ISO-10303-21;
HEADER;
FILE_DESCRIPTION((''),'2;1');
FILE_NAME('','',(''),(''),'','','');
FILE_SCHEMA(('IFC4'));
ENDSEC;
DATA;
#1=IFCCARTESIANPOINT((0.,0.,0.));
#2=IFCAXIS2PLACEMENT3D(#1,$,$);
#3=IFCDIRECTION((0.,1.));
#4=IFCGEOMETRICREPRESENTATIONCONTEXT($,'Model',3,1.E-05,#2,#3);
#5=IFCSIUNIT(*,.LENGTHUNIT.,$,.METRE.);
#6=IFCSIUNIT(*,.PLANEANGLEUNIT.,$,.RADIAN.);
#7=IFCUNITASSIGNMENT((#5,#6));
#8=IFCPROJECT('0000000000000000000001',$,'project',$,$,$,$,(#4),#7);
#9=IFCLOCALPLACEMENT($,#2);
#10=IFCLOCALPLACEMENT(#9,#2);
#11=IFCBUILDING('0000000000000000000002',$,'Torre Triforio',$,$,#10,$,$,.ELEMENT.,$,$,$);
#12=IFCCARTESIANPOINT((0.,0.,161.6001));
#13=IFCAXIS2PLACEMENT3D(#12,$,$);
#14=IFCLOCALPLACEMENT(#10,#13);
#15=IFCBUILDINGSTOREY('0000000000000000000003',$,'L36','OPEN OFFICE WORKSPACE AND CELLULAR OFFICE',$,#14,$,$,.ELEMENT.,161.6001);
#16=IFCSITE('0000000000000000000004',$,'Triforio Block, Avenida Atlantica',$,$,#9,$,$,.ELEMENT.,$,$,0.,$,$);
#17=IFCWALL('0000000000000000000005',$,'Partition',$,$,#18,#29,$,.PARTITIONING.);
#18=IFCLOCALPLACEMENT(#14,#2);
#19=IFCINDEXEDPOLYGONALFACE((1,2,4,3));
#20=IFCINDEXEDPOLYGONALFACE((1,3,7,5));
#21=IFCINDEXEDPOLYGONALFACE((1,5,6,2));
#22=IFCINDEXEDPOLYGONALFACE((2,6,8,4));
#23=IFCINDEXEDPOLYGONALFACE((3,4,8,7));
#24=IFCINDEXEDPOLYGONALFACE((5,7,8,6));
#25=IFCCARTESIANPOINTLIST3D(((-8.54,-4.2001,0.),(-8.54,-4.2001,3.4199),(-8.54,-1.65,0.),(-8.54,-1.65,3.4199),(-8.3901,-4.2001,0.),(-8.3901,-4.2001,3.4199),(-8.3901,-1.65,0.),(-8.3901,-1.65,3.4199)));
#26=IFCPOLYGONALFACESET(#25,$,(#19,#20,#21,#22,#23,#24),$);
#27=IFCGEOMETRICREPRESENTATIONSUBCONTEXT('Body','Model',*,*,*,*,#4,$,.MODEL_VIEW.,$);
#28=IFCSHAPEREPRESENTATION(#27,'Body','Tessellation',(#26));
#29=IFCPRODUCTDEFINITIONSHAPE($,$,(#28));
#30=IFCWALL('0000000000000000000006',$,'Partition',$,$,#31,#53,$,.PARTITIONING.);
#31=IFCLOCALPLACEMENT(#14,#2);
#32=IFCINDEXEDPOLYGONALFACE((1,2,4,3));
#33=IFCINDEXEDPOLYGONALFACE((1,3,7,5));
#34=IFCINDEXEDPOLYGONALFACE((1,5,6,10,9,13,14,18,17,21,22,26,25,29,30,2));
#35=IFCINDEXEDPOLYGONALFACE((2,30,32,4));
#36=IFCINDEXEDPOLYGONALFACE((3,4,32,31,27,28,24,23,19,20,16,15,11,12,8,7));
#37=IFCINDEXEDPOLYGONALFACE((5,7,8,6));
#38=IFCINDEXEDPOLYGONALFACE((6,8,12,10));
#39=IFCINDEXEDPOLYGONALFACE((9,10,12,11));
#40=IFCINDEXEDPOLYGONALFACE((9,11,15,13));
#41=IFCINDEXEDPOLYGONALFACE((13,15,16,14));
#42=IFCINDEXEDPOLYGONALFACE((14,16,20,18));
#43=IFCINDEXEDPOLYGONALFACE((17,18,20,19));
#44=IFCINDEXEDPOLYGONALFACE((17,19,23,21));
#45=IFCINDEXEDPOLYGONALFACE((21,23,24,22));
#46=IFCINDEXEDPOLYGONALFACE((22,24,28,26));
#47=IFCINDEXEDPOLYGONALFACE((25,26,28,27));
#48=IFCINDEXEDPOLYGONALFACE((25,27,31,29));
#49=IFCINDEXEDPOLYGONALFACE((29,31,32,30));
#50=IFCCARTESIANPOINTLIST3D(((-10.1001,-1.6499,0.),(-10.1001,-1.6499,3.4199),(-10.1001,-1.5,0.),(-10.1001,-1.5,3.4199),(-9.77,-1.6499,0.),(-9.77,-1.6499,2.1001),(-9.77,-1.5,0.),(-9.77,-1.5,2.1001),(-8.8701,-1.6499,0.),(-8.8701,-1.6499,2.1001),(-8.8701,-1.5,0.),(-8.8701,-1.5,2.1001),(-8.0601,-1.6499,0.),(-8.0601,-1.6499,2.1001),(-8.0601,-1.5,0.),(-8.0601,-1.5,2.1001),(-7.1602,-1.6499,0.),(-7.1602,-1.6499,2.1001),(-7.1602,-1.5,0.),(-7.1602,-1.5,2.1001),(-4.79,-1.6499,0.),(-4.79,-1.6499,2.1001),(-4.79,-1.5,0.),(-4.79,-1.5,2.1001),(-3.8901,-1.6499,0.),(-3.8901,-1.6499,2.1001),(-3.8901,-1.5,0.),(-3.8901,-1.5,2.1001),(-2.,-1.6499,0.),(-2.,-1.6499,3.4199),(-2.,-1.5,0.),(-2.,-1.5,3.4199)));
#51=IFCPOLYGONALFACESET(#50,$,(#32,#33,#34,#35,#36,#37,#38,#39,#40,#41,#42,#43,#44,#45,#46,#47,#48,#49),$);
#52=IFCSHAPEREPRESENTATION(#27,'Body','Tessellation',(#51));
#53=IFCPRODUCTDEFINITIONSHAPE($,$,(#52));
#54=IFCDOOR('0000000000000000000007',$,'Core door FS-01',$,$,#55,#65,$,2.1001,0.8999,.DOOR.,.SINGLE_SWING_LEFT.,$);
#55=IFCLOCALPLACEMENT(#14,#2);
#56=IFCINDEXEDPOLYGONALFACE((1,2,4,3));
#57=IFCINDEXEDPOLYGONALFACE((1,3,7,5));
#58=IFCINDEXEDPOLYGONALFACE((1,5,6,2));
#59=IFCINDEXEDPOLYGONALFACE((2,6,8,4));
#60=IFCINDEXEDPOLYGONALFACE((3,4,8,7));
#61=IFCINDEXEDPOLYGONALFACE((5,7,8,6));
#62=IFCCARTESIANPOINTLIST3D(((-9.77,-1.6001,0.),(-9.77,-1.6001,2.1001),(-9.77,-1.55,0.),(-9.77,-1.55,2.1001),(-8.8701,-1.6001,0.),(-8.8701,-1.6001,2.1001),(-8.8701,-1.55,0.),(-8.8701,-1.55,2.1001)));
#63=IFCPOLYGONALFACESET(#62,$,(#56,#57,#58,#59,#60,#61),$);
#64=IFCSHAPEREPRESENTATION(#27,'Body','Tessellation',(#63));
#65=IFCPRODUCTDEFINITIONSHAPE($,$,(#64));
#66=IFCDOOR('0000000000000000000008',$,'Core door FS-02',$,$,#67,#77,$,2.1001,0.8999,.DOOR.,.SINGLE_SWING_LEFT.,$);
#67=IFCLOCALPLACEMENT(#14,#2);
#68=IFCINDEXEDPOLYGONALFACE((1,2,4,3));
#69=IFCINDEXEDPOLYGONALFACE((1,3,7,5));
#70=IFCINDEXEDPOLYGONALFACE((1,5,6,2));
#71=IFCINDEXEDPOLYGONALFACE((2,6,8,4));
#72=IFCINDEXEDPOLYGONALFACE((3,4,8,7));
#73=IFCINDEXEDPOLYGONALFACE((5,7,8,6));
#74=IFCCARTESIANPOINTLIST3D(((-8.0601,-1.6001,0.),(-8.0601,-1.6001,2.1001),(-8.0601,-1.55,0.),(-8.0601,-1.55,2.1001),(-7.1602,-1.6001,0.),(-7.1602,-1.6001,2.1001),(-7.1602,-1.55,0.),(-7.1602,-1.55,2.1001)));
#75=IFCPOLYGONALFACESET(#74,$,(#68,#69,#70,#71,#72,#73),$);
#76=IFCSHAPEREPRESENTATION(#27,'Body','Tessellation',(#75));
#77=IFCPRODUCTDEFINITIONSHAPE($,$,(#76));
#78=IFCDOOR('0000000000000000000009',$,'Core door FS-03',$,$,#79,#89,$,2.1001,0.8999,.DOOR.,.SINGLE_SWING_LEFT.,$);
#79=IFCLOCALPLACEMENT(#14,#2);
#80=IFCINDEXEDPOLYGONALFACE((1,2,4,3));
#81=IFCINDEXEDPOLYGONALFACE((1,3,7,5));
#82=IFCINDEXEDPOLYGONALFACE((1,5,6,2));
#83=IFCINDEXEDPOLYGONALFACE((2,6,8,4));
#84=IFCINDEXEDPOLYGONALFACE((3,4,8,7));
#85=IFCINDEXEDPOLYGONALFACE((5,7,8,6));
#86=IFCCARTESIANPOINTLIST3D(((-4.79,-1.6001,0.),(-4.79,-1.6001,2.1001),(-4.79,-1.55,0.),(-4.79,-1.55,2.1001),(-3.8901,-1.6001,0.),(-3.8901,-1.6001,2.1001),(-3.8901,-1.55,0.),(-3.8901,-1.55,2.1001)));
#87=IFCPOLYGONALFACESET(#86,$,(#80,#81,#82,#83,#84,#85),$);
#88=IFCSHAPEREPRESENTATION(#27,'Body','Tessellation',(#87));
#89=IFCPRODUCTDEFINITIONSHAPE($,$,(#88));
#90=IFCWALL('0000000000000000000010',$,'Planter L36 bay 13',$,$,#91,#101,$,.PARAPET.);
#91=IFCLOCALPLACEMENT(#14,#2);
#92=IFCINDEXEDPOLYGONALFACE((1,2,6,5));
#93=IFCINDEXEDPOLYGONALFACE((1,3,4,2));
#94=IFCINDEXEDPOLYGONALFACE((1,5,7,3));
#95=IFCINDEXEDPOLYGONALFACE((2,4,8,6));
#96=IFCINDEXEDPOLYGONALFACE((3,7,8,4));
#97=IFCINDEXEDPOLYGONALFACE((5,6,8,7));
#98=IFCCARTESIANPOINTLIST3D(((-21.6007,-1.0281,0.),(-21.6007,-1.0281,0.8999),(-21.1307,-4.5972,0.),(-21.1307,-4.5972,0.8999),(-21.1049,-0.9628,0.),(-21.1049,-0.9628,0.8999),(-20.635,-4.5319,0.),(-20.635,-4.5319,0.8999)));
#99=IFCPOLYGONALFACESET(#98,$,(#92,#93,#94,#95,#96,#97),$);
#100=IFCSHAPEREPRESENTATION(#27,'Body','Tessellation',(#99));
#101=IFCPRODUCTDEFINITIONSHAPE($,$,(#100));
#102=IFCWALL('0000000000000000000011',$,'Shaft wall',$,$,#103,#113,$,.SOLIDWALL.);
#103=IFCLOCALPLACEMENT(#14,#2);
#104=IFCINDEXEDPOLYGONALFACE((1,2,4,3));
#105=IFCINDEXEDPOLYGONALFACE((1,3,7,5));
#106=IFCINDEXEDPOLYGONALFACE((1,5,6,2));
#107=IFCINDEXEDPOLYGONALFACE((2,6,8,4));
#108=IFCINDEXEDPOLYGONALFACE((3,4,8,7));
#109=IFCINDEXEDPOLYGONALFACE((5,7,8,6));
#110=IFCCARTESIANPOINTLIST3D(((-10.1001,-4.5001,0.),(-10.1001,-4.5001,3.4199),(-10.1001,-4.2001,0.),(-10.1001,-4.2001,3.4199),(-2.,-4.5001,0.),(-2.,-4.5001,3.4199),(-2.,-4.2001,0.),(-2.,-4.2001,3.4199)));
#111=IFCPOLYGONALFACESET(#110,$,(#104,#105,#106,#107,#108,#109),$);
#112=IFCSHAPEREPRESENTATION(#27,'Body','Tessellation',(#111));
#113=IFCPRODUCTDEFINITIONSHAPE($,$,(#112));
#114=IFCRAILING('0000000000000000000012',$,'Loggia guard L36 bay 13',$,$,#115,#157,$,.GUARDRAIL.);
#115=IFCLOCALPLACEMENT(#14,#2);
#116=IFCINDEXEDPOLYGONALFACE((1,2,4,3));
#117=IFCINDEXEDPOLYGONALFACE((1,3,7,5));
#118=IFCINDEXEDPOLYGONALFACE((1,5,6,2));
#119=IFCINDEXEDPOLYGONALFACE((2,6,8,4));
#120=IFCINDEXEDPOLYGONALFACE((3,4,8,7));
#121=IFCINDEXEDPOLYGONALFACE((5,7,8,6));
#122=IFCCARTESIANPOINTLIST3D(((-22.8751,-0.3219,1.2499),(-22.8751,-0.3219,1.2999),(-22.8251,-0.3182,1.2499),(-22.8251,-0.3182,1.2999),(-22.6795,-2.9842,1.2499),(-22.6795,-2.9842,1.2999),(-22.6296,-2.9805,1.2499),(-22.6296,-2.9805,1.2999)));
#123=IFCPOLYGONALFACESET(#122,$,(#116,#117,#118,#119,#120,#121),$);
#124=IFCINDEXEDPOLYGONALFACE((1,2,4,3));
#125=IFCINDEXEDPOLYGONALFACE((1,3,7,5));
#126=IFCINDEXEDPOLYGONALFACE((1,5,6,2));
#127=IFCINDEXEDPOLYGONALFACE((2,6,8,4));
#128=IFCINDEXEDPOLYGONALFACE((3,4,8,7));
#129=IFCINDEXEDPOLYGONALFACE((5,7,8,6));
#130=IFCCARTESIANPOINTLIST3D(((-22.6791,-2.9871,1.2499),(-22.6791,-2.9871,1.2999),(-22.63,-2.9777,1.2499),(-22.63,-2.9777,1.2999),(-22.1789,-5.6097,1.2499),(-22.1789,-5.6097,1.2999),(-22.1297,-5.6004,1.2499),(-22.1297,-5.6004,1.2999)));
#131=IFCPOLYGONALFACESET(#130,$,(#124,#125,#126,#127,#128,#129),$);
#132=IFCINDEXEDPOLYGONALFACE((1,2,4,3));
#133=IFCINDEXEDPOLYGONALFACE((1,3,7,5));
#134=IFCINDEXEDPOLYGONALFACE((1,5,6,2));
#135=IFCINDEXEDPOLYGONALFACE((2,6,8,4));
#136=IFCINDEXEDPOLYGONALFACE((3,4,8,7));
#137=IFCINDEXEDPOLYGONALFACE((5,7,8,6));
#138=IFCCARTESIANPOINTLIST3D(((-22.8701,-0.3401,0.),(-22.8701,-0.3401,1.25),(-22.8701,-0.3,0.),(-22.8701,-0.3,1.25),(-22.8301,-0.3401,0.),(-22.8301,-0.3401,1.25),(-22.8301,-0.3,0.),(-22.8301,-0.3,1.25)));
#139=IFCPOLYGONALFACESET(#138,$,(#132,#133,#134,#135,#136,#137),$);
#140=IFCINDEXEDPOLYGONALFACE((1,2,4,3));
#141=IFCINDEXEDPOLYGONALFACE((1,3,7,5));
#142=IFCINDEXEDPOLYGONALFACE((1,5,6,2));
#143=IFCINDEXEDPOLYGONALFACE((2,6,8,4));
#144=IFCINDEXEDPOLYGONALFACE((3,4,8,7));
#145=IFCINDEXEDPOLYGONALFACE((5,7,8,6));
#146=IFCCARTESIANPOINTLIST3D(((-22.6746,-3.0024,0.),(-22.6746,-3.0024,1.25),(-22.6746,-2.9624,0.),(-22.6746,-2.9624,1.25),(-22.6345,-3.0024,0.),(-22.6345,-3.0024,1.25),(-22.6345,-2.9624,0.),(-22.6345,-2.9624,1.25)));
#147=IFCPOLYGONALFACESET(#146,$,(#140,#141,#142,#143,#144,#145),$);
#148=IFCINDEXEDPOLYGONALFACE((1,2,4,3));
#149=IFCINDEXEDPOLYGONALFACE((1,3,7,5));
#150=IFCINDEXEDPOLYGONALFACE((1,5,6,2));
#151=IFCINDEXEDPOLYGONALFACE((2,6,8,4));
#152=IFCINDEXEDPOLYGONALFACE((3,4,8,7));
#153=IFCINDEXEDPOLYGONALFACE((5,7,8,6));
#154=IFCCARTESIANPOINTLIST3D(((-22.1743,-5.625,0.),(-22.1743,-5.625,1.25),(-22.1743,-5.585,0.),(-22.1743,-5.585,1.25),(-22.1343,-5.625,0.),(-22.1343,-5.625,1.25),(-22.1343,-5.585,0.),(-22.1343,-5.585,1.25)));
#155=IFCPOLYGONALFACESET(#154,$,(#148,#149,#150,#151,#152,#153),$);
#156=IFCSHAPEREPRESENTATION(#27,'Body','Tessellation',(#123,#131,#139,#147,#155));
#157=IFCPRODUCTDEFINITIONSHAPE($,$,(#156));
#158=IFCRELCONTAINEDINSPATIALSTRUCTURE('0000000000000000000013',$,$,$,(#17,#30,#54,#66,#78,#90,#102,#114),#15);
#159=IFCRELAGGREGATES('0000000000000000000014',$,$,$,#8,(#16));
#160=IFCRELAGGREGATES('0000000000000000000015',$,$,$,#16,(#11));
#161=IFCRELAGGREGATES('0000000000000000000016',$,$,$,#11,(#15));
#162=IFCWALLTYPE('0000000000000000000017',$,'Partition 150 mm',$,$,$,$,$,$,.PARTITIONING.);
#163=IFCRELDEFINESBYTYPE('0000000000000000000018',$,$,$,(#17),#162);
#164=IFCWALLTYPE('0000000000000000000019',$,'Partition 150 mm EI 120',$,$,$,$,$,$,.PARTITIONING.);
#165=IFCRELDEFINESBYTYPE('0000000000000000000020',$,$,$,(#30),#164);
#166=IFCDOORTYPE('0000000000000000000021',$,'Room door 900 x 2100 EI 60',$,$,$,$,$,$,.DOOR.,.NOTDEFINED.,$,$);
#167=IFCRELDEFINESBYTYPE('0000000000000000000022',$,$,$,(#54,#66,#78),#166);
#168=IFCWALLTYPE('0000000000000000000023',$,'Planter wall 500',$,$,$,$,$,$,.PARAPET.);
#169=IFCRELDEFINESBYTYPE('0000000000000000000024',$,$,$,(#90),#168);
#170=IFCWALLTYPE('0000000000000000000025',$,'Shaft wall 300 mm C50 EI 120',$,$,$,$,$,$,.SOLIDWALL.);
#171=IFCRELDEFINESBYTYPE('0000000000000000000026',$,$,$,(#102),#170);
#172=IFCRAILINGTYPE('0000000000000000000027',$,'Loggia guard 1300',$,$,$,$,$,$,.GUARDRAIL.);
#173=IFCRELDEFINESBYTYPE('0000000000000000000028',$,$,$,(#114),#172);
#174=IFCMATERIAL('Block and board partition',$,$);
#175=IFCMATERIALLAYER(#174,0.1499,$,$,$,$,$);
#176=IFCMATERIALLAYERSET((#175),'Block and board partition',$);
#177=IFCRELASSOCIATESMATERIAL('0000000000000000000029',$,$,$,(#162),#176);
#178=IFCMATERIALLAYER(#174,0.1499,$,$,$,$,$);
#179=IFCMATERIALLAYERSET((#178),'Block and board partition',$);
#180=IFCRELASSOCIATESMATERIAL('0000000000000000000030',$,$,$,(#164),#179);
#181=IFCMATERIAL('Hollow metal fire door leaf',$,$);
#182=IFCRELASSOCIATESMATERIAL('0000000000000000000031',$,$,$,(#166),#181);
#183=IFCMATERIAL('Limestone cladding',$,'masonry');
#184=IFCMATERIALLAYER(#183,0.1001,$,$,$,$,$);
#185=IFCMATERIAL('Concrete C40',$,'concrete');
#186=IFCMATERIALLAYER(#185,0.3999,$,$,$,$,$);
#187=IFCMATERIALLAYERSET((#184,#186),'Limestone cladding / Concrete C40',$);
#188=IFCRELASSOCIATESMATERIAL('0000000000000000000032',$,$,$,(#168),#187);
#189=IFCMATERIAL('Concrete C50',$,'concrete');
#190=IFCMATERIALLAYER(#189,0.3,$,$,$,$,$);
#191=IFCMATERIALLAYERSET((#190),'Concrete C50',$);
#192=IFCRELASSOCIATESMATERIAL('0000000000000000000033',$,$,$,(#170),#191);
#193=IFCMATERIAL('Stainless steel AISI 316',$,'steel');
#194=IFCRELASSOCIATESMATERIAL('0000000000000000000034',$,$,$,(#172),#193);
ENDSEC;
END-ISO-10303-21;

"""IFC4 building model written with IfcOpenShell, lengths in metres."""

from ifc_helpers import new_model, si_unit, direction, frame, frame_2d, origin, origin_2d, place, context, subcontext, project, spatial, rectangle, extrude, material, layer, layer_set, type_object, element, fill, save


model = new_model("IFC4")

# Units and contexts
model_context = context("Model", 3, precision=1e-05, world=origin(), true_north=direction((0.0, 1.0)))
body_context = subcontext(model_context, "Body", "Model", "MODEL_VIEW")
ifc_project = project(units=[si_unit("LENGTHUNIT", "METRE"), si_unit("PLANEANGLEUNIT", "RADIAN")], contexts=[model_context])

# Site, building, storey
site_placement = place(None, origin())
site = spatial("IfcSite", under=ifc_project, at=site_placement, Name="Triforio Block, Avenida Atlantica", CompositionType="ELEMENT", RefElevation=0.0)
building_placement = place(site_placement, origin())
building = spatial("IfcBuilding", under=site, at=building_placement, Name="Torre Triforio", CompositionType="ELEMENT")
storey_placement = place(building_placement, frame((0.0, 0.0, 161.6001)))
storey = spatial("IfcBuildingStorey", under=building, at=storey_placement, Name="L36", Description="OPEN OFFICE WORKSPACE AND CELLULAR OFFICE", CompositionType="ELEMENT", Elevation=161.6001)

# Shared definitions
ifc_material_1 = material(Name="Concrete C50", Category="concrete")

# Shared definitions
ifc_material_2 = material(Name="Concrete C40", Category="concrete")

# Shared definitions
ifc_material_3 = material(Name="Hollow metal fire door leaf")

# Wall
ifc_material_4 = material(Name="Block and board partition")
ifc_layer_1 = layer(ifc_material_4, 0.1499)
ifc_layer_set_1 = layer_set([ifc_layer_1], Name="Block and board partition")
wall_type_1 = type_object("IfcWallType", Name="Partition 150 mm", PredefinedType="PARTITIONING", material=ifc_layer_set_1)
wall_1_placement = place(storey_placement, frame((-8.4651, -4.2, 0.0), z_axis=(0.0, 0.0, 1.0), x_axis=(0.0, 1.0, 0.0)))
element("IfcWall", 1, at=wall_1_placement, inside=storey, type_object=wall_type_1, Name="Partition", PredefinedType="PARTITIONING", context=body_context, shape_type="SweptSolid", body=[
    extrude(rectangle(XDim=2.55, YDim=0.1499, at=frame_2d((1.2749, 0.0))), origin(), (0.0, 0.0, 1.0), 3.4199),
])

# Wall, openings, doors
ifc_layer_2 = layer(ifc_material_4, 0.1499)
ifc_layer_set_2 = layer_set([ifc_layer_2], Name="Block and board partition")
wall_type_2 = type_object("IfcWallType", Name="Partition 150 mm EI 120", PredefinedType="PARTITIONING", material=ifc_layer_set_2)
wall_2_placement = place(storey_placement, frame((-10.1001, -1.575, 0.0), z_axis=(0.0, 0.0, 1.0), x_axis=(1.0, 0.0, 0.0)))
wall_2 = element("IfcWall", 2, at=wall_2_placement, inside=storey, type_object=wall_type_2, Name="Partition", PredefinedType="PARTITIONING", context=body_context, shape_type="SweptSolid", body=[
    extrude(rectangle(XDim=8.1001, YDim=0.1499, at=frame_2d((4.05, 0.0))), origin(), (0.0, 0.0, 1.0), 3.4199),
])
opening_1_placement = place(wall_2_placement, frame((0.3301, 0.0, 0.0)))
opening_1 = element("IfcOpeningElement", 3, at=opening_1_placement, cuts=wall_2, PredefinedType="OPENING", context=body_context, shape_type="SweptSolid", body=[
    extrude(rectangle(XDim=0.8999, YDim=2.1001, at=frame_2d((0.45, 1.05))), frame((0.0, 0.085, 0.0), z_axis=(0.0, -1.0, 0.0), x_axis=(1.0, 0.0, 0.0)), (0.0, 0.0, 1.0), 0.1699),
])
opening_2_placement = place(wall_2_placement, frame((2.04, 0.0, 0.0)))
opening_2 = element("IfcOpeningElement", 4, at=opening_2_placement, cuts=wall_2, PredefinedType="OPENING", context=body_context, shape_type="SweptSolid", body=[
    extrude(rectangle(XDim=0.8999, YDim=2.1001, at=frame_2d((0.45, 1.05))), frame((0.0, 0.085, 0.0), z_axis=(0.0, -1.0, 0.0), x_axis=(1.0, 0.0, 0.0)), (0.0, 0.0, 1.0), 0.1699),
])
opening_3_placement = place(wall_2_placement, frame((5.3101, 0.0, 0.0)))
opening_3 = element("IfcOpeningElement", 5, at=opening_3_placement, cuts=wall_2, PredefinedType="OPENING", context=body_context, shape_type="SweptSolid", body=[
    extrude(rectangle(XDim=0.8999, YDim=2.1001, at=frame_2d((0.45, 1.05))), frame((0.0, 0.085, 0.0), z_axis=(0.0, -1.0, 0.0), x_axis=(1.0, 0.0, 0.0)), (0.0, 0.0, 1.0), 0.1699),
])
door_type_1 = type_object("IfcDoorType", Name="Room door 900 x 2100 EI 60", OperationType="NOTDEFINED", PredefinedType="DOOR", material=ifc_material_3)
door_1_placement = place(opening_1_placement, origin())
door_1 = element("IfcDoor", 6, at=door_1_placement, inside=storey, type_object=door_type_1, Name="Core door FS-01", OperationType="SINGLE_SWING_LEFT", OverallHeight=2.1001, OverallWidth=0.8999, PredefinedType="DOOR", context=body_context, shape_type="SweptSolid", body=[
    extrude(rectangle(XDim=0.8999, YDim=2.1001, at=frame_2d((0.45, 1.05))), frame((0.0, 0.0249, 0.0), z_axis=(0.0, -1.0, 0.0), x_axis=(1.0, 0.0, 0.0)), (0.0, 0.0, 1.0), 0.05),
])
fill(opening_1, door_1)
door_2_placement = place(opening_2_placement, origin())
door_2 = element("IfcDoor", 7, at=door_2_placement, inside=storey, type_object=door_type_1, Name="Core door FS-02", OperationType="SINGLE_SWING_LEFT", OverallHeight=2.1001, OverallWidth=0.8999, PredefinedType="DOOR", context=body_context, shape_type="SweptSolid", body=[
    extrude(rectangle(XDim=0.8999, YDim=2.1001, at=frame_2d((0.45, 1.05))), frame((0.0, 0.0249, 0.0), z_axis=(0.0, -1.0, 0.0), x_axis=(1.0, 0.0, 0.0)), (0.0, 0.0, 1.0), 0.05),
])
fill(opening_2, door_2)
door_3_placement = place(opening_3_placement, origin())
door_3 = element("IfcDoor", 8, at=door_3_placement, inside=storey, type_object=door_type_1, Name="Core door FS-03", OperationType="SINGLE_SWING_LEFT", OverallHeight=2.1001, OverallWidth=0.8999, PredefinedType="DOOR", context=body_context, shape_type="SweptSolid", body=[
    extrude(rectangle(XDim=0.8999, YDim=2.1001, at=frame_2d((0.45, 1.05))), frame((0.0, 0.0249, 0.0), z_axis=(0.0, -1.0, 0.0), x_axis=(1.0, 0.0, 0.0)), (0.0, 0.0, 1.0), 0.05),
])
fill(opening_3, door_3)

# Walls
ifc_material_5 = material(Name="Limestone cladding", Category="masonry")
ifc_layer_3 = layer(ifc_material_5, 0.1001)
ifc_layer_4 = layer(ifc_material_2, 0.3999)
ifc_layer_set_3 = layer_set([ifc_layer_3, ifc_layer_4], Name="Limestone cladding / Concrete C40")
wall_type_3 = type_object("IfcWallType", Name="Planter wall 500", PredefinedType="PARAPET", material=ifc_layer_set_3)
wall_3_placement = place(storey_placement, frame((-21.3528, -0.9956, 0.0), z_axis=(0.0, 0.0, 1.0), x_axis=(0.130551, -0.991442, 0.0)))
element("IfcWall", 9, at=wall_3_placement, inside=storey, type_object=wall_type_3, Name="Planter L36 bay 13", PredefinedType="PARAPET", context=body_context, shape_type="SweptSolid", body=[
    extrude(rectangle(XDim=3.5999, YDim=0.5, at=frame_2d((1.7998, 0.0))), origin(), (0.0, 0.0, 1.0), 0.8999),
])
ifc_layer_5 = layer(ifc_material_1, 0.3)
ifc_layer_set_4 = layer_set([ifc_layer_5], Name="Concrete C50")
wall_type_4 = type_object("IfcWallType", Name="Shaft wall 300 mm C50 EI 120", PredefinedType="SOLIDWALL", material=ifc_layer_set_4)
wall_4_placement = place(storey_placement, frame((-10.1001, -4.3501, 0.0), z_axis=(0.0, 0.0, 1.0), x_axis=(1.0, 0.0, 0.0)))
element("IfcWall", 10, at=wall_4_placement, inside=storey, type_object=wall_type_4, Name="Shaft wall", PredefinedType="SOLIDWALL", context=body_context, shape_type="SweptSolid", body=[
    extrude(rectangle(XDim=8.1001, YDim=0.3, at=frame_2d((4.05, 0.0))), origin(), (0.0, 0.0, 1.0), 3.4199),
])

# Railing
ifc_material_6 = material(Name="Stainless steel AISI 316", Category="steel")
railing_type = type_object("IfcRailingType", Name="Loggia guard 1300", PredefinedType="GUARDRAIL", material=ifc_material_6)
railing_1_placement = place(storey_placement, frame((-22.8501, -0.3201, 0.0)))
element("IfcRailing", 11, at=railing_1_placement, inside=storey, type_object=railing_type, Name="Loggia guard L36 bay 13", PredefinedType="GUARDRAIL", context=body_context, shape_type="SweptSolid", body=[
    extrude(rectangle(XDim=0.05, YDim=0.05, at=origin_2d()), frame((0.0, 0.0, 1.2749), z_axis=(0.073255, -0.997313, 0.0), x_axis=(0.997313, 0.073255, 0.0)), (0.0, 0.0, 1.0), 2.6694),
    extrude(rectangle(XDim=0.05, YDim=0.05, at=origin_2d()), frame((0.1956, -2.6624, 1.2749), z_axis=(0.187368, -0.98229, 0.0), x_axis=(0.98229, 0.187368, 0.0)), (0.0, 0.0, 1.0), 2.6699),
    extrude(rectangle(XDim=0.04, YDim=0.04, at=origin_2d()), origin(), (0.0, 0.0, 1.0), 1.25),
    extrude(rectangle(XDim=0.04, YDim=0.04, at=origin_2d()), frame((0.1956, -2.6624, 0.0)), (0.0, 0.0, 1.0), 1.25),
    extrude(rectangle(XDim=0.04, YDim=0.04, at=origin_2d()), frame((0.6958, -5.2849, 0.0)), (0.0, 0.0, 1.0), 1.25),
])

save(model, "model.ifc")
